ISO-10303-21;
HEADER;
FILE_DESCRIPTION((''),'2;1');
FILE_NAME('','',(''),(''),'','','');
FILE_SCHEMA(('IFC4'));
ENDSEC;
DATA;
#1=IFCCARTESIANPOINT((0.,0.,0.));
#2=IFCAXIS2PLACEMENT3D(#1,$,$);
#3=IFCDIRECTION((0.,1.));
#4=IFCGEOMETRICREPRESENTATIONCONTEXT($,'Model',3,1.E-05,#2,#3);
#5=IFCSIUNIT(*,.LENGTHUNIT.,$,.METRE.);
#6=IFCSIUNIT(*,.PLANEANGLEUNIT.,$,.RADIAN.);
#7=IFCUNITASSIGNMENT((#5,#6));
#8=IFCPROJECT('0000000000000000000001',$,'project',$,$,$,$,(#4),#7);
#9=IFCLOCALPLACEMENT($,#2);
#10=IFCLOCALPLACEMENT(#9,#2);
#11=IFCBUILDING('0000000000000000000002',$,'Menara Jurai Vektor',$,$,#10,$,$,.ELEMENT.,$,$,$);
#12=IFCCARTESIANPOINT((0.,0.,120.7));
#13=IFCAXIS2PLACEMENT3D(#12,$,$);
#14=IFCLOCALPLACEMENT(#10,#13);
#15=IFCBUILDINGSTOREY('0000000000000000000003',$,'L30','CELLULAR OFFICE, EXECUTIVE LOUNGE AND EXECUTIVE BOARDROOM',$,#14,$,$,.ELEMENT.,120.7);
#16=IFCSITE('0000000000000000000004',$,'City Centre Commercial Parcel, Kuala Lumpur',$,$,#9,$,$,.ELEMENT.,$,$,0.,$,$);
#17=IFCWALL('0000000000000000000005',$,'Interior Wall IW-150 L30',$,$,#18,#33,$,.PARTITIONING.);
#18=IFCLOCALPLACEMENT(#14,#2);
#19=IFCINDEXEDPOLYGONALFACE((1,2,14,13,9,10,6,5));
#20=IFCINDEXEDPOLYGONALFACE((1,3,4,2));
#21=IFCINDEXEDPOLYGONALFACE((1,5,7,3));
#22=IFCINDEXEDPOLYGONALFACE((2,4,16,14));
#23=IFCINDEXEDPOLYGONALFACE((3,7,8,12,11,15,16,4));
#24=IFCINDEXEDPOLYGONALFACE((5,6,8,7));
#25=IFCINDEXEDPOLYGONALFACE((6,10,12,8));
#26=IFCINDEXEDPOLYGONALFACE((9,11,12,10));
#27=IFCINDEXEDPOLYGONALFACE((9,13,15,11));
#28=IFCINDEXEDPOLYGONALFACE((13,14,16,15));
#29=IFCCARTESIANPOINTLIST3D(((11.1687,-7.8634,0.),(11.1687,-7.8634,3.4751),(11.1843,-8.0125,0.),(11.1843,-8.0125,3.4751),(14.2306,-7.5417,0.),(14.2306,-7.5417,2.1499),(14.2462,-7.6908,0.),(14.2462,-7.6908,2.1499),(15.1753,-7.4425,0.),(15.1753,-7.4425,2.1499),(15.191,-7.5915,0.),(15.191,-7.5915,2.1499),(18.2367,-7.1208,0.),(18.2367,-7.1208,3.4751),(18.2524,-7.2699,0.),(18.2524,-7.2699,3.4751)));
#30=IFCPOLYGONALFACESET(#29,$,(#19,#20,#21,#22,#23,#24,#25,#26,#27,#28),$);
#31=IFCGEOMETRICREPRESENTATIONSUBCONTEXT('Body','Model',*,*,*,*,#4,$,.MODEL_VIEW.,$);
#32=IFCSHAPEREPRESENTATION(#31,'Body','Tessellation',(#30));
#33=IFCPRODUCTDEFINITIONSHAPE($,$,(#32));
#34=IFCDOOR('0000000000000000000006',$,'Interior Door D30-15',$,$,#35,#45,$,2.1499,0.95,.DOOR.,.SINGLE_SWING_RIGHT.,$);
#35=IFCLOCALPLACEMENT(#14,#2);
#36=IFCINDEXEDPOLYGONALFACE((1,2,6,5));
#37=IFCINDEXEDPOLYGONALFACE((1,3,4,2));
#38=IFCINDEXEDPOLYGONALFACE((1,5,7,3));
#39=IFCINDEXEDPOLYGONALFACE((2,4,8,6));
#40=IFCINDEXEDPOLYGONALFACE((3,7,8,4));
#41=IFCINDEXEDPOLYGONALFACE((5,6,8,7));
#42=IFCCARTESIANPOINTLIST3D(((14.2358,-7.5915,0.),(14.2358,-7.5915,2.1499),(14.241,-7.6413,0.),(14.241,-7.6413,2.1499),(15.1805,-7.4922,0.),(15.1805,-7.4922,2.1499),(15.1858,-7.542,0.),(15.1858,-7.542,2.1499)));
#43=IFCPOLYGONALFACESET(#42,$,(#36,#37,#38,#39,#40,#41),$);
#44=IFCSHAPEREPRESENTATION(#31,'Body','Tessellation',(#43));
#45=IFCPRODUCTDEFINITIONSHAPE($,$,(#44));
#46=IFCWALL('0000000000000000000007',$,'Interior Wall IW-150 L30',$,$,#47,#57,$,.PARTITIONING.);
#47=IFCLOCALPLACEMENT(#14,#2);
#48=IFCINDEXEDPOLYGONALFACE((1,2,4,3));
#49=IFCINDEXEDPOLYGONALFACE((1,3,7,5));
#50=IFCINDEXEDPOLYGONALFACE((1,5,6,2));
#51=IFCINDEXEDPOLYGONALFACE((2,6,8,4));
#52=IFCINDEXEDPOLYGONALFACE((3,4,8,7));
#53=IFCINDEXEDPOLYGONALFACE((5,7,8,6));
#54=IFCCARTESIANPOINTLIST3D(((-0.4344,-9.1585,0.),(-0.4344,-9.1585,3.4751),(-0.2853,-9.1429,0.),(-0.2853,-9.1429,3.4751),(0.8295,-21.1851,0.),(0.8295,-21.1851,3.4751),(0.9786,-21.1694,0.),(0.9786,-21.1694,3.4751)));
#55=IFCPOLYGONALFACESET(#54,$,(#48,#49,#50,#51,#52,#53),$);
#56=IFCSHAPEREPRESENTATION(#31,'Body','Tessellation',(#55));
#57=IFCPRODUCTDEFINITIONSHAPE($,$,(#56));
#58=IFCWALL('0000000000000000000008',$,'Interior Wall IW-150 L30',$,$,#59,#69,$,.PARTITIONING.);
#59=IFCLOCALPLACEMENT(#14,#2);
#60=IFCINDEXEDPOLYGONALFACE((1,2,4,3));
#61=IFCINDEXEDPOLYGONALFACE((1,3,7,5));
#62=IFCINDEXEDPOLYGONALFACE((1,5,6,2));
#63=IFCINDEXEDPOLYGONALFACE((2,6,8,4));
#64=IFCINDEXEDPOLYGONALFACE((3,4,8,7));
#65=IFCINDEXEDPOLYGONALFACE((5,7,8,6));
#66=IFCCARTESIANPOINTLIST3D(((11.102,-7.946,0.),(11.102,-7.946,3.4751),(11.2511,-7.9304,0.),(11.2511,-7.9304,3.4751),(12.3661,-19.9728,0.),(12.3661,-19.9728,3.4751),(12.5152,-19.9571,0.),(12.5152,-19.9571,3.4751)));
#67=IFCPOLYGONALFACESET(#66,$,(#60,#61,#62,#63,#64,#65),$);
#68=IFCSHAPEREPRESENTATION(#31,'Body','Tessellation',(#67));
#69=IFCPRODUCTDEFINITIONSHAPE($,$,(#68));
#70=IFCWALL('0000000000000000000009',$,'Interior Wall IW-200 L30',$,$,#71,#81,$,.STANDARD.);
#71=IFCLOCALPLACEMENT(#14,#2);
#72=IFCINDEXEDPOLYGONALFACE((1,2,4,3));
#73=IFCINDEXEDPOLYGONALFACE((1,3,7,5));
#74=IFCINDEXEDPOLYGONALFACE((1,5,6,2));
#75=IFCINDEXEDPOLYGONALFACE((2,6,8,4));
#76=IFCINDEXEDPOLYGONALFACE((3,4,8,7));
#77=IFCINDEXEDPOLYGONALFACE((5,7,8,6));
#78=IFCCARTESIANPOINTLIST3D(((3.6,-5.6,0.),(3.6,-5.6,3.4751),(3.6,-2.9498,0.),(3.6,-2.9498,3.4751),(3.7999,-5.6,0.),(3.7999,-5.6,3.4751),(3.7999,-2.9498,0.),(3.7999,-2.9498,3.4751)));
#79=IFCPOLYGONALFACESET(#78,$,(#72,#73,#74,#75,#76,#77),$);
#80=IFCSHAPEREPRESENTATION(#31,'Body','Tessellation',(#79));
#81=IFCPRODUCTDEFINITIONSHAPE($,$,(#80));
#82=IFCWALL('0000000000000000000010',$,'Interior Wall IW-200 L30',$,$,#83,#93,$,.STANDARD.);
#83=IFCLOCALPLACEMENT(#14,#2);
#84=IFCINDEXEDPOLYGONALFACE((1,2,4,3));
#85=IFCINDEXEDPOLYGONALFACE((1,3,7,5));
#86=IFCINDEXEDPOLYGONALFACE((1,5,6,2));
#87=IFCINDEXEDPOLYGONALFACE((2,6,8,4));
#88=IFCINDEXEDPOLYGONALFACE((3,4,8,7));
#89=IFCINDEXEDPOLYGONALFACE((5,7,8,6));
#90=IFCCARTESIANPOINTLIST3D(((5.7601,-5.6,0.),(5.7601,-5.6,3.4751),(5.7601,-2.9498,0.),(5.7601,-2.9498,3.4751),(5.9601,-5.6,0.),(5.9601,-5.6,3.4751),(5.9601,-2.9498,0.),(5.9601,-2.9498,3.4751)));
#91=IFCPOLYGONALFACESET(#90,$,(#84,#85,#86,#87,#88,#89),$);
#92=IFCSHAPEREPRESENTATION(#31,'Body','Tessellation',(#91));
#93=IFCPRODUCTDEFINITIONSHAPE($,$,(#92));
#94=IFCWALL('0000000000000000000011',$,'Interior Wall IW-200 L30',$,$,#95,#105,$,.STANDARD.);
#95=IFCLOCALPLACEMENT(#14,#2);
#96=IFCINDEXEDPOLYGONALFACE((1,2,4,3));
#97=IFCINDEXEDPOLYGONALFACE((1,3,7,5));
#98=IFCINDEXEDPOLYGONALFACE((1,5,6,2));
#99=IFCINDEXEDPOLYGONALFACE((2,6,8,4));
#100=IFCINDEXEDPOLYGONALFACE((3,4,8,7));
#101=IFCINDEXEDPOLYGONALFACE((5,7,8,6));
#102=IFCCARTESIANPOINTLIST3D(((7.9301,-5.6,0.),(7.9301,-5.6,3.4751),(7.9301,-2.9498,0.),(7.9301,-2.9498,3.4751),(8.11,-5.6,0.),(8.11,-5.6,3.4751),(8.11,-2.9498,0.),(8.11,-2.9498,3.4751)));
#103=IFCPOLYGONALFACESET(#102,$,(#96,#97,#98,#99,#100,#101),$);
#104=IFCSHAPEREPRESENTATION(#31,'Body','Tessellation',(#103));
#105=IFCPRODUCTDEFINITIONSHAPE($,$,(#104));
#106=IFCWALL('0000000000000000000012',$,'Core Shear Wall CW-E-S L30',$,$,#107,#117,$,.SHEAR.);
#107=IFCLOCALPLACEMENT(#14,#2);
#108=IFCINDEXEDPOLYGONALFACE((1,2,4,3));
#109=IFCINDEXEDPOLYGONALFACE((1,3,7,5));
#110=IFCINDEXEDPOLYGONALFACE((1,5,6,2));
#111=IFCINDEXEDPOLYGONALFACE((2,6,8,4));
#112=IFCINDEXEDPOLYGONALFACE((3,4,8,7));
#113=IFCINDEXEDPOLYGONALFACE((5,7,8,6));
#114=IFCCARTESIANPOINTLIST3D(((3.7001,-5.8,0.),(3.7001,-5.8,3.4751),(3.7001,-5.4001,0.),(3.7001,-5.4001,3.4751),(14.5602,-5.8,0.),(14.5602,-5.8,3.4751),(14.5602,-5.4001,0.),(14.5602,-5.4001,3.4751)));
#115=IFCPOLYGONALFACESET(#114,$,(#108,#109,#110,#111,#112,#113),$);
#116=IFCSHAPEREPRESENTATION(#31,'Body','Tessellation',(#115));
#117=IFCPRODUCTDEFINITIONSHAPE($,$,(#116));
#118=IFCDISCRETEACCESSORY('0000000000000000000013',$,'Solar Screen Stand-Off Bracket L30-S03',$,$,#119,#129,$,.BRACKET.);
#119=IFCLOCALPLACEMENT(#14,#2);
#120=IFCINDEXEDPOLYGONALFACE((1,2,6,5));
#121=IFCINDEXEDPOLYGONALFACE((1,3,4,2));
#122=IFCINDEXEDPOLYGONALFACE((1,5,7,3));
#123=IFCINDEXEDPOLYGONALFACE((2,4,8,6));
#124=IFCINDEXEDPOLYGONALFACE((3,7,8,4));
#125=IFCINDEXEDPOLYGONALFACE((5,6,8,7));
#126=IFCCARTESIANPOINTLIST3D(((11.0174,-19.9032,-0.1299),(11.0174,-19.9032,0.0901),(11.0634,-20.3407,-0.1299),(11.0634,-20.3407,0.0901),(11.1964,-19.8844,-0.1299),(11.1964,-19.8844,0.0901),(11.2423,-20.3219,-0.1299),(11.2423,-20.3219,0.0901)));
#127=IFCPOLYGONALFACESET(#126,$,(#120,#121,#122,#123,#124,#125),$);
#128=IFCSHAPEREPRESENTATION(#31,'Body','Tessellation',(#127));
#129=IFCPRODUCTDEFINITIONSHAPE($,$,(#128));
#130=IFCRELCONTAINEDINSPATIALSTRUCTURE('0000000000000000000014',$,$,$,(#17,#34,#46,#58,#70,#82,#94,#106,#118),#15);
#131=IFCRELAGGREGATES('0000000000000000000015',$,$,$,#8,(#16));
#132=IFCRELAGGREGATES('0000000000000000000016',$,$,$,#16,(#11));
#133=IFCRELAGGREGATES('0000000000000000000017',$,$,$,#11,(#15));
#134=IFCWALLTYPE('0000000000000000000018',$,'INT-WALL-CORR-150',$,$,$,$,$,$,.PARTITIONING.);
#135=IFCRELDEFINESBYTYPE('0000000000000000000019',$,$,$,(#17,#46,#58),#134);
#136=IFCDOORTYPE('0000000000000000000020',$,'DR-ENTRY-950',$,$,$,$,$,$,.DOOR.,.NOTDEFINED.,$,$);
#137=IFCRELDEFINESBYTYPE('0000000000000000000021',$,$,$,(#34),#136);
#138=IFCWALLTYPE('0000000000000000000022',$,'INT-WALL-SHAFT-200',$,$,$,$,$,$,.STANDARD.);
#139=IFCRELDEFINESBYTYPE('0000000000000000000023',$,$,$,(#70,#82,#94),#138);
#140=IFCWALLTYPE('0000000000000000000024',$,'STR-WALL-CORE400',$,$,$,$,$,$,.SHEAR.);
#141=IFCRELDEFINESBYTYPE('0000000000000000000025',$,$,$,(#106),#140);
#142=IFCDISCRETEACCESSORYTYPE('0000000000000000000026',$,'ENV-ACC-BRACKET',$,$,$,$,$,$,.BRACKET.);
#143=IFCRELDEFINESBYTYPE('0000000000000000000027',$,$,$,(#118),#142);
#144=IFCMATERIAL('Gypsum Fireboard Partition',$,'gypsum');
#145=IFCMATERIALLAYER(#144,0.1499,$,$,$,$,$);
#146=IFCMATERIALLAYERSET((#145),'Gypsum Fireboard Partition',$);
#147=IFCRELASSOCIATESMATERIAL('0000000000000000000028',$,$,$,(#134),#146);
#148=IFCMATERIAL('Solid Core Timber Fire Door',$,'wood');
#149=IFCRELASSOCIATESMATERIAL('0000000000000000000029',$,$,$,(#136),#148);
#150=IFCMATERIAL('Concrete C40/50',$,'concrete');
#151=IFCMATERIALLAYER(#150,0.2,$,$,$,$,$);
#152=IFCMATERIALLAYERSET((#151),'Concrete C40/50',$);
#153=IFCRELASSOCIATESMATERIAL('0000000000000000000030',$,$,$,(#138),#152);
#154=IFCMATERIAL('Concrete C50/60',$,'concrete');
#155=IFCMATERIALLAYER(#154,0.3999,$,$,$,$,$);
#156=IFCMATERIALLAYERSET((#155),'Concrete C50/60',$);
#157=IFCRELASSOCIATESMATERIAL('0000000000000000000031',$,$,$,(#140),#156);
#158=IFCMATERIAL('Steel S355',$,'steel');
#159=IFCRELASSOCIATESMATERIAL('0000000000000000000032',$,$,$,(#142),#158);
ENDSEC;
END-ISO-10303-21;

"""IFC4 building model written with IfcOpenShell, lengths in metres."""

from ifc_helpers import new_model, si_unit, direction, frame, frame_2d, origin, origin_2d, place, context, subcontext, project, spatial, rectangle, extrude, material, layer, layer_set, type_object, element, fill, save


model = new_model("IFC4")

# Units and contexts
model_context = context("Model", 3, precision=1e-05, world=origin(), true_north=direction((0.0, 1.0)))
body_context = subcontext(model_context, "Body", "Model", "MODEL_VIEW")
ifc_project = project(units=[si_unit("LENGTHUNIT", "METRE"), si_unit("PLANEANGLEUNIT", "RADIAN")], contexts=[model_context])

# Site, building, storey
site_placement = place(None, origin())
site = spatial("IfcSite", under=ifc_project, at=site_placement, Name="City Centre Commercial Parcel, Kuala Lumpur", CompositionType="ELEMENT", RefElevation=0.0)
building_placement = place(site_placement, origin())
building = spatial("IfcBuilding", under=site, at=building_placement, Name="Menara Jurai Vektor", CompositionType="ELEMENT")
storey_placement = place(building_placement, frame((0.0, 0.0, 120.7)))
storey = spatial("IfcBuildingStorey", under=building, at=storey_placement, Name="L30", Description="CELLULAR OFFICE, EXECUTIVE LOUNGE AND EXECUTIVE BOARDROOM", CompositionType="ELEMENT", Elevation=120.7)

# Shared definitions
ifc_material_1 = material(Name="Concrete C50/60", Category="concrete")

# Shared definitions
ifc_material_2 = material(Name="Steel S355", Category="steel")

# Wall, opening, door
ifc_material_3 = material(Name="Gypsum Fireboard Partition", Category="gypsum")
ifc_layer_1 = layer(ifc_material_3, 0.1499)
ifc_layer_set_1 = layer_set([ifc_layer_1], Name="Gypsum Fireboard Partition")
wall_type_1 = type_object("IfcWallType", Name="INT-WALL-CORR-150", PredefinedType="PARTITIONING", material=ifc_layer_set_1)
wall_1_placement = place(storey_placement, frame((11.1765, -7.938, 0.0), z_axis=(0.0, 0.0, 1.0), x_axis=(0.994525, 0.104499, 0.0)))
wall_1 = element("IfcWall", 1, at=wall_1_placement, inside=storey, type_object=wall_type_1, Name="Interior Wall IW-150 L30", PredefinedType="PARTITIONING", context=body_context, shape_type="SweptSolid", body=[
    extrude(rectangle(XDim=7.1069, YDim=0.1499, at=frame_2d((3.5535, 0.0))), origin(), (0.0, 0.0, 1.0), 3.4751),
])
opening_placement = place(wall_1_placement, frame((3.0786, 0.0, 0.0)))
opening = element("IfcOpeningElement", 2, at=opening_placement, cuts=wall_1, PredefinedType="OPENING", context=body_context, shape_type="SweptSolid", body=[
    extrude(rectangle(XDim=0.95, YDim=2.1499, at=frame_2d((0.4751, 1.075))), frame((0.0, 0.085, 0.0), z_axis=(0.0, -1.0, 0.0), x_axis=(1.0, 0.0, 0.0)), (0.0, 0.0, 1.0), 0.1699),
])
ifc_material_4 = material(Name="Solid Core Timber Fire Door", Category="wood")
door_type = type_object("IfcDoorType", Name="DR-ENTRY-950", OperationType="NOTDEFINED", PredefinedType="DOOR", material=ifc_material_4)
door_placement = place(opening_placement, origin())
door = element("IfcDoor", 3, at=door_placement, inside=storey, type_object=door_type, Name="Interior Door D30-15", OperationType="SINGLE_SWING_RIGHT", OverallHeight=2.1499, OverallWidth=0.95, PredefinedType="DOOR", context=body_context, shape_type="SweptSolid", body=[
    extrude(rectangle(XDim=0.95, YDim=2.1499, at=frame_2d((0.4751, 1.075))), frame((0.0, 0.0249, 0.0), z_axis=(0.0, -1.0, 0.0), x_axis=(1.0, 0.0, 0.0)), (0.0, 0.0, 1.0), 0.05),
])
fill(opening, door)

# Walls
wall_2_placement = place(storey_placement, frame((0.9041, -21.1772, 0.0), z_axis=(0.0, 0.0, 1.0), x_axis=(-0.104518, 0.994523, 0.0)))
element("IfcWall", 4, at=wall_2_placement, inside=storey, type_object=wall_type_1, Name="Interior Wall IW-150 L30", PredefinedType="PARTITIONING", context=body_context, shape_type="SweptSolid", body=[
    extrude(rectangle(XDim=12.0928, YDim=0.1499, at=frame_2d((6.0464, 0.0))), origin(), (0.0, 0.0, 1.0), 3.4751),
])
wall_3_placement = place(storey_placement, frame((12.4407, -19.9648, 0.0), z_axis=(0.0, 0.0, 1.0), x_axis=(-0.104536, 0.994521, 0.0)))
element("IfcWall", 5, at=wall_3_placement, inside=storey, type_object=wall_type_1, Name="Interior Wall IW-150 L30", PredefinedType="PARTITIONING", context=body_context, shape_type="SweptSolid", body=[
    extrude(rectangle(XDim=12.093, YDim=0.1499, at=frame_2d((6.0464, 0.0))), origin(), (0.0, 0.0, 1.0), 3.4751),
])
ifc_material_5 = material(Name="Concrete C40/50", Category="concrete")
ifc_layer_2 = layer(ifc_material_5, 0.2)
ifc_layer_set_2 = layer_set([ifc_layer_2], Name="Concrete C40/50")
wall_type_2 = type_object("IfcWallType", Name="INT-WALL-SHAFT-200", PredefinedType="STANDARD", material=ifc_layer_set_2)
for number, where, z_axis, x_axis, name in (
    (6, (3.7, -5.6001, 0.0), (0.0, 0.0, 1.0), (0.0, 1.0, 0.0), "Interior Wall IW-200 L30"),
    (7, (5.8601, -5.6001, 0.0), (0.0, 0.0, 1.0), (0.0, 1.0, 0.0), "Interior Wall IW-200 L30"),
):
    element("IfcWall", number, at=place(storey_placement, frame(where, z_axis=z_axis, x_axis=x_axis)), inside=storey, type_object=wall_type_2, Name=name, PredefinedType="STANDARD", context=body_context, shape_type="SweptSolid", body=[
        extrude(rectangle(XDim=2.6501, YDim=0.2, at=frame_2d((1.3252, 0.0))), origin(), (0.0, 0.0, 1.0), 3.4751),
    ])
wall_4_placement = place(storey_placement, frame((8.02, -5.6001, 0.0), z_axis=(0.0, 0.0, 1.0), x_axis=(0.0, 1.0, 0.0)))
element("IfcWall", 8, at=wall_4_placement, inside=storey, type_object=wall_type_2, Name="Interior Wall IW-200 L30", PredefinedType="STANDARD", context=body_context, shape_type="SweptSolid", body=[
    extrude(rectangle(XDim=2.6501, YDim=0.1799, at=frame_2d((1.3252, 0.0))), origin(), (0.0, 0.0, 1.0), 3.4751),
])
ifc_layer_3 = layer(ifc_material_1, 0.3999)
ifc_layer_set_3 = layer_set([ifc_layer_3], Name="Concrete C50/60")
wall_type_3 = type_object("IfcWallType", Name="STR-WALL-CORE400", PredefinedType="SHEAR", material=ifc_layer_set_3)
wall_5_placement = place(storey_placement, frame((3.7, -5.6001, 0.0), z_axis=(0.0, 0.0, 1.0), x_axis=(1.0, 0.0, 0.0)))
element("IfcWall", 9, at=wall_5_placement, inside=storey, type_object=wall_type_3, Name="Core Shear Wall CW-E-S L30", PredefinedType="SHEAR", context=body_context, shape_type="SweptSolid", body=[
    extrude(rectangle(XDim=10.8601, YDim=0.3999, at=frame_2d((5.4302, 0.0))), origin(), (0.0, 0.0, 1.0), 3.4751),
])

# Discrete accessory
discrete_accessory_type = type_object("IfcDiscreteAccessoryType", Name="ENV-ACC-BRACKET", PredefinedType="BRACKET", material=ifc_material_2)
discrete_accessory_placement = place(storey_placement, frame((11.1299, -20.1125, -0.1299), z_axis=(0.0, 0.0, 1.0), x_axis=(0.994522, 0.104528, 0.0)))
element("IfcDiscreteAccessory", 10, at=discrete_accessory_placement, inside=storey, type_object=discrete_accessory_type, Name="Solar Screen Stand-Off Bracket L30-S03", PredefinedType="BRACKET", context=body_context, shape_type="SweptSolid", body=[
    extrude(rectangle(XDim=0.1799, YDim=0.4399, at=origin_2d()), origin(), (0.0, 0.0, 1.0), 0.22),
])

save(model, "model.ifc")
